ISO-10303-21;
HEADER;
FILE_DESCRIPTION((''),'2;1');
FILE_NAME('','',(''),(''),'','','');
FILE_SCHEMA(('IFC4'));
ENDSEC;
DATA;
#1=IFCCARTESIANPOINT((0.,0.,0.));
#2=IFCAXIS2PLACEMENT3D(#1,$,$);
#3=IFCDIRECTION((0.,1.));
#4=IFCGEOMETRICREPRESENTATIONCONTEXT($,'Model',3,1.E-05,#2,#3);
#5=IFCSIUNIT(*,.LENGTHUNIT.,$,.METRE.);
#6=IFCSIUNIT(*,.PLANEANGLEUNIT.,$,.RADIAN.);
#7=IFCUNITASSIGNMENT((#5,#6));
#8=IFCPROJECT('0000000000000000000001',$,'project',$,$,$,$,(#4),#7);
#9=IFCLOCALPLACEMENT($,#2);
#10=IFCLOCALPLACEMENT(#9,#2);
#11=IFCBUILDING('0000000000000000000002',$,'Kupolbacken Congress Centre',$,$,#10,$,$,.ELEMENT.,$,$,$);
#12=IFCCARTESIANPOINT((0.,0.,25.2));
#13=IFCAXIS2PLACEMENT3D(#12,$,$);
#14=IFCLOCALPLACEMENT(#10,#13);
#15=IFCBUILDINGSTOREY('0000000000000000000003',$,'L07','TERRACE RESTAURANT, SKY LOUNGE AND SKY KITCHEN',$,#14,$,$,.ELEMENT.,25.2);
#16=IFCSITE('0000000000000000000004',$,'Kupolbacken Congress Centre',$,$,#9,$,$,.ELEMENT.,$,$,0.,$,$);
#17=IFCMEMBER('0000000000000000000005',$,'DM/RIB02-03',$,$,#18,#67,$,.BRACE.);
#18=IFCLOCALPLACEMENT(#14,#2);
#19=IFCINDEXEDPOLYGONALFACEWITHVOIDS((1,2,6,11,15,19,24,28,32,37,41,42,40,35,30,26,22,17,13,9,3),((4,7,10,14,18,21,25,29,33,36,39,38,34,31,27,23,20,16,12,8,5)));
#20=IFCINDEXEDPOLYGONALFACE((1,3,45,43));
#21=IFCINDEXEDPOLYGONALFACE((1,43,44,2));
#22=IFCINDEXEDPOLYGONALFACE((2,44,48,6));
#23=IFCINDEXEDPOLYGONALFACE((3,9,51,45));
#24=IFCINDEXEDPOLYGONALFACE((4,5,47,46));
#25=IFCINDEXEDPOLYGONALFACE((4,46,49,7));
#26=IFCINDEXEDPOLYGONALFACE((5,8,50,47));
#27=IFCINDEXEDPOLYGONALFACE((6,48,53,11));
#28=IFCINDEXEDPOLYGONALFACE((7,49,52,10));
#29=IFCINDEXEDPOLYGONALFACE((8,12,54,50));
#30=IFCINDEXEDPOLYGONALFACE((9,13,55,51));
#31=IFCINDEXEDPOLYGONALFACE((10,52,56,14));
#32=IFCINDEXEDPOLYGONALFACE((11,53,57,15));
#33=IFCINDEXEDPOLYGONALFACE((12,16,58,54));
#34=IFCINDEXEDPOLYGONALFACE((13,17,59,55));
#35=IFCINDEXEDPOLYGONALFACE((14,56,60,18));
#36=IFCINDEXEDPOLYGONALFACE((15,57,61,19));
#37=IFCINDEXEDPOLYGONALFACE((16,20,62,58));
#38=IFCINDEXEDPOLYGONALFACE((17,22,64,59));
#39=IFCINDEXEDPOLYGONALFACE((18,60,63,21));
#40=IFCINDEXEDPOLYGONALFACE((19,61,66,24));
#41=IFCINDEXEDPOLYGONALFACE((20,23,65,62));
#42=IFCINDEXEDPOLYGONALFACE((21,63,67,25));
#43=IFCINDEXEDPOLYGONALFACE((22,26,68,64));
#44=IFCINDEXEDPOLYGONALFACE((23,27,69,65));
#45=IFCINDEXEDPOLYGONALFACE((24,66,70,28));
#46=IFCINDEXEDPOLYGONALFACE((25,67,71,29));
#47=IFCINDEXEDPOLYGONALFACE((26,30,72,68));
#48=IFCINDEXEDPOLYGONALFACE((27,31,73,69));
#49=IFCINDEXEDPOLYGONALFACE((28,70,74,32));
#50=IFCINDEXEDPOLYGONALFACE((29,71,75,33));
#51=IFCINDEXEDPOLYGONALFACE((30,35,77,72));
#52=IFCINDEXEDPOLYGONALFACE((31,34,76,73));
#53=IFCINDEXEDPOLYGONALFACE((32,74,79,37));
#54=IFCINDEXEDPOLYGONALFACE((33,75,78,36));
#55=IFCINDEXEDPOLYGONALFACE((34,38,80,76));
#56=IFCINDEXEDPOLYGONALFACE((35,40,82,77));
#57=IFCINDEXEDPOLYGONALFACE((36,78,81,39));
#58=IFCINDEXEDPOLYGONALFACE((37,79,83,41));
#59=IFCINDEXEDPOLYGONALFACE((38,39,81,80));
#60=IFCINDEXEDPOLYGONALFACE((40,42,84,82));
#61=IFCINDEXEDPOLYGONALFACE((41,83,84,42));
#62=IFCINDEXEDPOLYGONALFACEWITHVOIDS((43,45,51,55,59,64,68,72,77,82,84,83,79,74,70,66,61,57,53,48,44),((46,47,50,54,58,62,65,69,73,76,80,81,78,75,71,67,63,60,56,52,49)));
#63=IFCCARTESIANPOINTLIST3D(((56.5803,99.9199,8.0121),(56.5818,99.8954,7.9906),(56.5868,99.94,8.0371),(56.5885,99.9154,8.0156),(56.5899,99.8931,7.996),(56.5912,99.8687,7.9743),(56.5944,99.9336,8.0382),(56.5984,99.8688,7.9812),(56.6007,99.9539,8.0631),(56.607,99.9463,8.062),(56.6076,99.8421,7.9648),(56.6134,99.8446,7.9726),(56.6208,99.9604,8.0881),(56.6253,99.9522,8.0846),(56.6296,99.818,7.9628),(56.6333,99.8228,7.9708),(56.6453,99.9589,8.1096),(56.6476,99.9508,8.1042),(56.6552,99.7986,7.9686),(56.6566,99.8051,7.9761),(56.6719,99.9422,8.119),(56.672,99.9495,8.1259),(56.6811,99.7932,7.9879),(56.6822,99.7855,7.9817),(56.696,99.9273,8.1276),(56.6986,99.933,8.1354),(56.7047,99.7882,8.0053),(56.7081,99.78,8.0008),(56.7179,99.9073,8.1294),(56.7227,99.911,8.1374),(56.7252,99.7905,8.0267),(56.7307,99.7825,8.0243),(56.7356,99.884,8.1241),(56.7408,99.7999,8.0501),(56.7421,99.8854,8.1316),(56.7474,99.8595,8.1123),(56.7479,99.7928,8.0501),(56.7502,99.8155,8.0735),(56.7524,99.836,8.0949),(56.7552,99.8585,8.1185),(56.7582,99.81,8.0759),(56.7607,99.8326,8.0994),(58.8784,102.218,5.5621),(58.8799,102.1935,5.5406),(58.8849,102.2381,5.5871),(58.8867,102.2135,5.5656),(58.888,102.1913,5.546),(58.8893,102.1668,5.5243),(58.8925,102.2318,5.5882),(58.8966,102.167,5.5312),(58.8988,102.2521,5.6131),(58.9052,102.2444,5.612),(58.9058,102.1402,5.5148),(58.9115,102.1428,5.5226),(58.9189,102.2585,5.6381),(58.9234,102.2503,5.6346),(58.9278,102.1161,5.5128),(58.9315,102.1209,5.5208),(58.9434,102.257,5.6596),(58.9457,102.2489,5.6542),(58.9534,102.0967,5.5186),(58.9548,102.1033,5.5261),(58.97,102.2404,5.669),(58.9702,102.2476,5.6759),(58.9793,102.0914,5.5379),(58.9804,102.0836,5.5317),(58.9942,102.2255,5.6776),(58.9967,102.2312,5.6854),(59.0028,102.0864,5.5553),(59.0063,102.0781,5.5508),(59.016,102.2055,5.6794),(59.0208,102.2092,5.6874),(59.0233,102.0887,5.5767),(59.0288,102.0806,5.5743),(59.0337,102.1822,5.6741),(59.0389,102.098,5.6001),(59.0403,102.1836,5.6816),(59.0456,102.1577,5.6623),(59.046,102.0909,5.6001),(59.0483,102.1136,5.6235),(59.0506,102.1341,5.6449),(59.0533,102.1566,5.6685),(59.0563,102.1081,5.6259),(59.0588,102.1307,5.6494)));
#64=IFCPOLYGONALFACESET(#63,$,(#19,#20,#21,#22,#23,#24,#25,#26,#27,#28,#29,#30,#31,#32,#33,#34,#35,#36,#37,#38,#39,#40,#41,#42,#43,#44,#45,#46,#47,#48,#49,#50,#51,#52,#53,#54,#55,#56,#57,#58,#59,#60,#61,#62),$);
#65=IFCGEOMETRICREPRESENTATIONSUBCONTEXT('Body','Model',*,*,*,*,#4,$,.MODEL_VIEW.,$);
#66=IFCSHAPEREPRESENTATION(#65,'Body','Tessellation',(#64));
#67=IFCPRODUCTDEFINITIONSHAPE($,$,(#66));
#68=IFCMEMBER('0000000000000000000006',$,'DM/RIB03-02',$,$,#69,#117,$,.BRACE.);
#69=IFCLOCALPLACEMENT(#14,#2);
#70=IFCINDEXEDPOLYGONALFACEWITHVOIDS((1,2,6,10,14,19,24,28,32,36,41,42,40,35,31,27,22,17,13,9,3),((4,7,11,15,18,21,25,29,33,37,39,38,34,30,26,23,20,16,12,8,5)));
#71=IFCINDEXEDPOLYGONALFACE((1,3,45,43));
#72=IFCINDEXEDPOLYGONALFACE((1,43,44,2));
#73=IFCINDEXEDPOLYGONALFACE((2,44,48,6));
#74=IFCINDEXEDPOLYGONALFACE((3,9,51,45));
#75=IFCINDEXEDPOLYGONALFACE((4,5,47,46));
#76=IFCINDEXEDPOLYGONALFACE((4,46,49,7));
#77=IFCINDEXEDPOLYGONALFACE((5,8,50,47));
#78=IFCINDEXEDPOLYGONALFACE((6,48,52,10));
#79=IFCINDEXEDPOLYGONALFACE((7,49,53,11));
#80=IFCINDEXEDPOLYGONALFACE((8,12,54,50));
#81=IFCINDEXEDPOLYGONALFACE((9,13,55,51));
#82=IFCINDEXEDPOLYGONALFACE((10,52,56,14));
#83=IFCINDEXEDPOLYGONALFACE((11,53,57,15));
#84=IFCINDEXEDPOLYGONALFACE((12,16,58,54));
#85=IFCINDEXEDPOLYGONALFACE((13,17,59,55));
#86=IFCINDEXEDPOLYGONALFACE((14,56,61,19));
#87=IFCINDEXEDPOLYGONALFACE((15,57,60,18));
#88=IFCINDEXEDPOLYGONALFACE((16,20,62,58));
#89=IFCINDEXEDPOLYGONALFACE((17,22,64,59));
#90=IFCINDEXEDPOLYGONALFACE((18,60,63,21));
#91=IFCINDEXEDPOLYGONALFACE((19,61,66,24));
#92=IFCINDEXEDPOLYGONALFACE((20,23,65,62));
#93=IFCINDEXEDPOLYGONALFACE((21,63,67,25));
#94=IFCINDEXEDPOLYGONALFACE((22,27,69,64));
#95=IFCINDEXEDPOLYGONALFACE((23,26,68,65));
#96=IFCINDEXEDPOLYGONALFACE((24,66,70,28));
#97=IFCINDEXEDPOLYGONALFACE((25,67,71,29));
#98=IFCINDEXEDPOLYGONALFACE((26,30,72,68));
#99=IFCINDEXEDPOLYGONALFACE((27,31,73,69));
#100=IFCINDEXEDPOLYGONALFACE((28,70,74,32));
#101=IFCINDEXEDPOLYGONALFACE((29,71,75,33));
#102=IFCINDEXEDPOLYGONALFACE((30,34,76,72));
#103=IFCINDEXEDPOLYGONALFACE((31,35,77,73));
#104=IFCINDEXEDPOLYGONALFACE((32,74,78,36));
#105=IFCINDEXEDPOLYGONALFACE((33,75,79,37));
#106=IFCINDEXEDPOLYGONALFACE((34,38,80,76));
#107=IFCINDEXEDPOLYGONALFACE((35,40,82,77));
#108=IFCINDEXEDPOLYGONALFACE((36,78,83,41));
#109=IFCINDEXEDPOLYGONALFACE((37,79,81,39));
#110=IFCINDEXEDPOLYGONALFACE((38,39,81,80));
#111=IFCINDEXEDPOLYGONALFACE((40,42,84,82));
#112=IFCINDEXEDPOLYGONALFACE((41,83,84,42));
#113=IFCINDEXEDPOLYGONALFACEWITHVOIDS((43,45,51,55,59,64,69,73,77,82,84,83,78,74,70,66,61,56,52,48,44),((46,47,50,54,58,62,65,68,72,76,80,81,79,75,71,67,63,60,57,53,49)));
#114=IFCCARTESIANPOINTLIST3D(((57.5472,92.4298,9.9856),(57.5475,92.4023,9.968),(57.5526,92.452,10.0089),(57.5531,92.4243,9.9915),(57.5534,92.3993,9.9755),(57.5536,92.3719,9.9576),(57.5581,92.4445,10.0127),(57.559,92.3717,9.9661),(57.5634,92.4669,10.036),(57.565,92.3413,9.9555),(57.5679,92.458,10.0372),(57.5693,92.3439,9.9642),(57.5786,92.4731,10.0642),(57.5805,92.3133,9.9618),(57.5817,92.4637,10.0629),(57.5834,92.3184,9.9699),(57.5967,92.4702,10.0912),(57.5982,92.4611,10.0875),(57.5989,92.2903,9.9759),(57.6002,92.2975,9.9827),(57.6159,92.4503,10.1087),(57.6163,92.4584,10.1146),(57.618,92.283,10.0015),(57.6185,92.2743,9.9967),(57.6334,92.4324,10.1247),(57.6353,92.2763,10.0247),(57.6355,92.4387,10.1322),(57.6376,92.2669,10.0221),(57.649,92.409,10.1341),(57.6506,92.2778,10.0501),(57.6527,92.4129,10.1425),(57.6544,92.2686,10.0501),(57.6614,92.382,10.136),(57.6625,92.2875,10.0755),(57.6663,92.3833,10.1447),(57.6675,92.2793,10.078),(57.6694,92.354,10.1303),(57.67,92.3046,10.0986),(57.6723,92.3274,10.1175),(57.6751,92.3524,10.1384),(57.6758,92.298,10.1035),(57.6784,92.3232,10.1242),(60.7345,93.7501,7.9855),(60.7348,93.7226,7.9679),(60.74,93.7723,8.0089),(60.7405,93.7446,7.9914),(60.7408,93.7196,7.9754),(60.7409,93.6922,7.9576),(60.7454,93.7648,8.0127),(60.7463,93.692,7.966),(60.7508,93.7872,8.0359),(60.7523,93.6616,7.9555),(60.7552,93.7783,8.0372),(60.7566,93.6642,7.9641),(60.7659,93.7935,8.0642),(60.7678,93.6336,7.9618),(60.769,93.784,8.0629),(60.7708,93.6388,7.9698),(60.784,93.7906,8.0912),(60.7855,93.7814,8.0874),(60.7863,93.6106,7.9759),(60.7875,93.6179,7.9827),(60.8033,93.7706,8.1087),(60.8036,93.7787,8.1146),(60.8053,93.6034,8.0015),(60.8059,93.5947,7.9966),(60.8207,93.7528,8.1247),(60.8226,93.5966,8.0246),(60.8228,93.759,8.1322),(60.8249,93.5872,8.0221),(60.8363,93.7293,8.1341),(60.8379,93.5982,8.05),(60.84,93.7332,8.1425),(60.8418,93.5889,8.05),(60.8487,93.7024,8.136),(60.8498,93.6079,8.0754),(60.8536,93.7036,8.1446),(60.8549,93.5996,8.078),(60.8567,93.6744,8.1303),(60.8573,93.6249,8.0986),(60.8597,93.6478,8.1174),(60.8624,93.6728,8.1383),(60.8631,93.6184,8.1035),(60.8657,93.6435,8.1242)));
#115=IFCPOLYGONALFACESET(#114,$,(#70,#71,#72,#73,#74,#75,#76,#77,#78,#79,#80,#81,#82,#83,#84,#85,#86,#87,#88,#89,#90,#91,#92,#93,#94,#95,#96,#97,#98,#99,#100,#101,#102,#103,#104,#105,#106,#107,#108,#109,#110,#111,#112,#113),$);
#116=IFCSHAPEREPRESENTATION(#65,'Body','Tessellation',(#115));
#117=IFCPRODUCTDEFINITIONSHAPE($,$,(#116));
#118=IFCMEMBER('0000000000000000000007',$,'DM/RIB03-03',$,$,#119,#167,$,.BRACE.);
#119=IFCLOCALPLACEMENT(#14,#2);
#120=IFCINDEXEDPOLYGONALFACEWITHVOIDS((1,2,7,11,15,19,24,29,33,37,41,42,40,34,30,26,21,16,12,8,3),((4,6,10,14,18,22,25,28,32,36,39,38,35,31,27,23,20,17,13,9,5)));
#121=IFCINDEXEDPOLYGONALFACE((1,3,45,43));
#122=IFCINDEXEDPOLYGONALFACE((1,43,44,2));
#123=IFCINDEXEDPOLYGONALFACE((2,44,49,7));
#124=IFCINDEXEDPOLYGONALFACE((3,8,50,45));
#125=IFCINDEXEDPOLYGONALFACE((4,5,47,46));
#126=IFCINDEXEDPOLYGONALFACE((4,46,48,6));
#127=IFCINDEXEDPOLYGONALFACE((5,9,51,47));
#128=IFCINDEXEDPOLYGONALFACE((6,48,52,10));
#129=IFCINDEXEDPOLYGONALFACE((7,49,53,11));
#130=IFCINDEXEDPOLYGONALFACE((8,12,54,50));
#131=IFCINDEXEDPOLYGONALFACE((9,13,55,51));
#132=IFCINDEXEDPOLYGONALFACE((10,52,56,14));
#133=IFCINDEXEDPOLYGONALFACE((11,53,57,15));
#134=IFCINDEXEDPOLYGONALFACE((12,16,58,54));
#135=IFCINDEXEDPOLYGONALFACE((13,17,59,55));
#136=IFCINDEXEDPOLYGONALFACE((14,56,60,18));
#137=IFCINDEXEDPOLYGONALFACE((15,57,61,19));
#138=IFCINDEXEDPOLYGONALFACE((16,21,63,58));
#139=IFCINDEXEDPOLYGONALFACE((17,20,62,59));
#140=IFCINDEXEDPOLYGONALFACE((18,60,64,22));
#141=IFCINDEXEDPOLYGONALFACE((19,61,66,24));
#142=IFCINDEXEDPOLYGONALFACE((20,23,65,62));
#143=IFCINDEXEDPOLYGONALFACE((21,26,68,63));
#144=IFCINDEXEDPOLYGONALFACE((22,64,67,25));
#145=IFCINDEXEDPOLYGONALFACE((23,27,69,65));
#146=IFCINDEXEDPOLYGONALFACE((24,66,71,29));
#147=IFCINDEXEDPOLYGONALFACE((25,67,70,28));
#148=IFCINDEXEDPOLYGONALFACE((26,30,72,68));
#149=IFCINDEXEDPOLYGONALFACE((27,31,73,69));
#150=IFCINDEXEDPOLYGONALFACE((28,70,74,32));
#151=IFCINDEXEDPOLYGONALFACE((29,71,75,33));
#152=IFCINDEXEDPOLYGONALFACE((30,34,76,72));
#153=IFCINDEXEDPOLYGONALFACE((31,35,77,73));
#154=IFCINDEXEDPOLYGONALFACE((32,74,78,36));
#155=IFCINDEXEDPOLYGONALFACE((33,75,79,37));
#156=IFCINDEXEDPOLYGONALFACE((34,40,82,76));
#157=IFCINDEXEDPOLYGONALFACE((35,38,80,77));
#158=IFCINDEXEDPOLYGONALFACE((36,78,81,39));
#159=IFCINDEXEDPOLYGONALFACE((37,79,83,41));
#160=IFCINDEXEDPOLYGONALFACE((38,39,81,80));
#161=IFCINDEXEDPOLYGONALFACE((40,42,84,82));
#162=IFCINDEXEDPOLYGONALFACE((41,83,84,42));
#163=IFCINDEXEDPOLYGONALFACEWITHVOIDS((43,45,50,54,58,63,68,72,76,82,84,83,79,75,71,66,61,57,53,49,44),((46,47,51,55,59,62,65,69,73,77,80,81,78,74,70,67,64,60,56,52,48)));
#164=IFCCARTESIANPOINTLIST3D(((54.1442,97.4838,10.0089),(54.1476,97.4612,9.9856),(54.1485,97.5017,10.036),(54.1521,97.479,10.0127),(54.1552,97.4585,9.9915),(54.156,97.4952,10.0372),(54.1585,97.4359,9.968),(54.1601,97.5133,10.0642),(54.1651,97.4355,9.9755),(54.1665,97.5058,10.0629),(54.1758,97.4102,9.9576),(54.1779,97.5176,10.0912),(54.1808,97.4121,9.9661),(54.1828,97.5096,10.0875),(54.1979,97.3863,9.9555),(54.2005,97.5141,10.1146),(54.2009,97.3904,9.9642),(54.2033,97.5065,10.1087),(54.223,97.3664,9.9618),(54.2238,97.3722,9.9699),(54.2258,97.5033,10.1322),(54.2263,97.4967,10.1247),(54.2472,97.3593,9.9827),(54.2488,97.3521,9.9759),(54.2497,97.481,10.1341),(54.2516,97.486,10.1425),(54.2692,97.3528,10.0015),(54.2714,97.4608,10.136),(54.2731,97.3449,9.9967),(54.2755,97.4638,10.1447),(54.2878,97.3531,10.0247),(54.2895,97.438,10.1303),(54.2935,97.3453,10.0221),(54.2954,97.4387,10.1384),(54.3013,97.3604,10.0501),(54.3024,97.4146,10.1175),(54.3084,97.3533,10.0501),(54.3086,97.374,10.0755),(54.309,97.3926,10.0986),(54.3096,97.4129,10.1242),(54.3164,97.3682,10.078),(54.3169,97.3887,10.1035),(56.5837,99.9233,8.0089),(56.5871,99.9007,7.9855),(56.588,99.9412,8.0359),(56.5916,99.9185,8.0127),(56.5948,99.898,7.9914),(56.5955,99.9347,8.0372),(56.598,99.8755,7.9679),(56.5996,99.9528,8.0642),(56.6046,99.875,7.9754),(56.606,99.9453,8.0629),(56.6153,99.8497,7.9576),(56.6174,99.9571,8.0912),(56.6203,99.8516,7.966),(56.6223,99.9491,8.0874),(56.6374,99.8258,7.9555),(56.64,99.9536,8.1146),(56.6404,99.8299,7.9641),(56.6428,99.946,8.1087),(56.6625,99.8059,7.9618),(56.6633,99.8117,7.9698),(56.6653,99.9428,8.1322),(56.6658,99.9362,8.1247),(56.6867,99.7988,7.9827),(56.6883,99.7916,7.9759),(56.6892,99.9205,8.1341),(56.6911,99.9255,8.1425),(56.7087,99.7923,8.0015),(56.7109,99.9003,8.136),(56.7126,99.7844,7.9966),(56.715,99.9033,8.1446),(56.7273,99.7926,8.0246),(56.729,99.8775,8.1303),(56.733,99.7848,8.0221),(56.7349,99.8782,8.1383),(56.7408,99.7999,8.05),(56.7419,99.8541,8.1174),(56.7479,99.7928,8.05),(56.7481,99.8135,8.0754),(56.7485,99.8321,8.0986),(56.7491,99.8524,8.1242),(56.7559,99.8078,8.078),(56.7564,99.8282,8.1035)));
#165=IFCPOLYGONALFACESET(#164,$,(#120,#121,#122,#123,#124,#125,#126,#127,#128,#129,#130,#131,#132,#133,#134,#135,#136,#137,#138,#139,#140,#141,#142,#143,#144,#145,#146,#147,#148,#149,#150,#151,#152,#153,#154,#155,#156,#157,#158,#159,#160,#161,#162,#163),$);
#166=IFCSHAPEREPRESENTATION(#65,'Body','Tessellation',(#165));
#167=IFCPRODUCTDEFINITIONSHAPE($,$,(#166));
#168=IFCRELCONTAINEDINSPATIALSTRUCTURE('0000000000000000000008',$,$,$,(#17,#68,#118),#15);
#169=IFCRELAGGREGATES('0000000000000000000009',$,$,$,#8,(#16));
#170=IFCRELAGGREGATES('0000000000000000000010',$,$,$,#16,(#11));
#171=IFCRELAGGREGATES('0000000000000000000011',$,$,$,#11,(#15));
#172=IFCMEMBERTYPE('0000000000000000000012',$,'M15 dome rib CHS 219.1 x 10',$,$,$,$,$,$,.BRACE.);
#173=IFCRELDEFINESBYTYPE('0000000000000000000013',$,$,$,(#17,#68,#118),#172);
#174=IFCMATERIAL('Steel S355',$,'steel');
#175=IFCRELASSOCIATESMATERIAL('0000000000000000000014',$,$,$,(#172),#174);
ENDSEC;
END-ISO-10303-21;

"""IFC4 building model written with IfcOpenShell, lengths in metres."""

from ifc_helpers import new_model, si_unit, direction, frame, origin, origin_2d, place, context, subcontext, project, spatial, hollow_circle, extrude, material, material_profile, profile_set, type_object, element, save


model = new_model("IFC4")

# Units and contexts
model_context = context("Model", 3, precision=1e-05, world=origin(), true_north=direction((0.0, 1.0)))
body_context = subcontext(model_context, "Body", "Model", "MODEL_VIEW")
ifc_project = project(units=[si_unit("LENGTHUNIT", "METRE"), si_unit("PLANEANGLEUNIT", "RADIAN")], contexts=[model_context])

# Site, building, storey
site_placement = place(None, origin())
site = spatial("IfcSite", under=ifc_project, at=site_placement, Name="Kupolbacken Congress Centre", CompositionType="ELEMENT", RefElevation=0.0)
building_placement = place(site_placement, origin())
building = spatial("IfcBuilding", under=site, at=building_placement, Name="Kupolbacken Congress Centre", CompositionType="ELEMENT")
storey_placement = place(building_placement, frame((0.0, 0.0, 25.2)))
storey = spatial("IfcBuildingStorey", under=building, at=storey_placement, Name="L07", Description="TERRACE RESTAURANT, SKY LOUNGE AND SKY KITCHEN", CompositionType="ELEMENT", Elevation=25.2)

# Members
ifc_material_1 = material(Name="Steel S355", Category="steel")
ifc_material_profile_1 = material_profile(ifc_material_1, hollow_circle(Radius=0.1096, WallThickness=0.01, at=origin_2d()), Name="CHS 219.1 x 10")
ifc_profile_set_1 = profile_set([ifc_material_profile_1], Name="Steel S355")
member_type_1 = type_object("IfcMemberType", Name="M15 dome rib CHS 219.1 x 10", PredefinedType="BRACE", material=ifc_profile_set_1)
member_1_placement = place(storey_placement, frame((58.9685, 102.1685, 5.6001), z_axis=(-0.564645, -0.564645, 0.601956), x_axis=(0.707107, -0.707107, 0.0)))
element("IfcMember", 1, at=member_1_placement, inside=storey, type_object=member_type_1, Name="DM/RIB02-03", PredefinedType="BRACE", context=body_context, shape_type="SweptSolid", body=[
    extrude(hollow_circle(Radius=0.1096, WallThickness=0.01, at=origin_2d()), origin(), (0.0, 0.0, 1.0), 4.0701),
])
for number, where, z_axis, x_axis, name in (
    (2, (60.7998, 93.6902, 8.05), (-0.79927, -0.331095, 0.501541), (0.38271, -0.923868, 0.0), "DM/RIB03-02"),
    (3, (56.6704, 99.8704, 8.05), (-0.611742, -0.611742, 0.50154), (0.707107, -0.707107, 0.0), "DM/RIB03-03"),
):
    element("IfcMember", number, at=place(storey_placement, frame(where, z_axis=z_axis, x_axis=x_axis)), inside=storey, type_object=member_type_1, Name=name, PredefinedType="BRACE", context=body_context, shape_type="SweptSolid", body=[
        extrude(hollow_circle(Radius=0.1096, WallThickness=0.01, at=origin_2d()), origin(), (0.0, 0.0, 1.0), 3.9878),
    ])

save(model, "model.ifc")
